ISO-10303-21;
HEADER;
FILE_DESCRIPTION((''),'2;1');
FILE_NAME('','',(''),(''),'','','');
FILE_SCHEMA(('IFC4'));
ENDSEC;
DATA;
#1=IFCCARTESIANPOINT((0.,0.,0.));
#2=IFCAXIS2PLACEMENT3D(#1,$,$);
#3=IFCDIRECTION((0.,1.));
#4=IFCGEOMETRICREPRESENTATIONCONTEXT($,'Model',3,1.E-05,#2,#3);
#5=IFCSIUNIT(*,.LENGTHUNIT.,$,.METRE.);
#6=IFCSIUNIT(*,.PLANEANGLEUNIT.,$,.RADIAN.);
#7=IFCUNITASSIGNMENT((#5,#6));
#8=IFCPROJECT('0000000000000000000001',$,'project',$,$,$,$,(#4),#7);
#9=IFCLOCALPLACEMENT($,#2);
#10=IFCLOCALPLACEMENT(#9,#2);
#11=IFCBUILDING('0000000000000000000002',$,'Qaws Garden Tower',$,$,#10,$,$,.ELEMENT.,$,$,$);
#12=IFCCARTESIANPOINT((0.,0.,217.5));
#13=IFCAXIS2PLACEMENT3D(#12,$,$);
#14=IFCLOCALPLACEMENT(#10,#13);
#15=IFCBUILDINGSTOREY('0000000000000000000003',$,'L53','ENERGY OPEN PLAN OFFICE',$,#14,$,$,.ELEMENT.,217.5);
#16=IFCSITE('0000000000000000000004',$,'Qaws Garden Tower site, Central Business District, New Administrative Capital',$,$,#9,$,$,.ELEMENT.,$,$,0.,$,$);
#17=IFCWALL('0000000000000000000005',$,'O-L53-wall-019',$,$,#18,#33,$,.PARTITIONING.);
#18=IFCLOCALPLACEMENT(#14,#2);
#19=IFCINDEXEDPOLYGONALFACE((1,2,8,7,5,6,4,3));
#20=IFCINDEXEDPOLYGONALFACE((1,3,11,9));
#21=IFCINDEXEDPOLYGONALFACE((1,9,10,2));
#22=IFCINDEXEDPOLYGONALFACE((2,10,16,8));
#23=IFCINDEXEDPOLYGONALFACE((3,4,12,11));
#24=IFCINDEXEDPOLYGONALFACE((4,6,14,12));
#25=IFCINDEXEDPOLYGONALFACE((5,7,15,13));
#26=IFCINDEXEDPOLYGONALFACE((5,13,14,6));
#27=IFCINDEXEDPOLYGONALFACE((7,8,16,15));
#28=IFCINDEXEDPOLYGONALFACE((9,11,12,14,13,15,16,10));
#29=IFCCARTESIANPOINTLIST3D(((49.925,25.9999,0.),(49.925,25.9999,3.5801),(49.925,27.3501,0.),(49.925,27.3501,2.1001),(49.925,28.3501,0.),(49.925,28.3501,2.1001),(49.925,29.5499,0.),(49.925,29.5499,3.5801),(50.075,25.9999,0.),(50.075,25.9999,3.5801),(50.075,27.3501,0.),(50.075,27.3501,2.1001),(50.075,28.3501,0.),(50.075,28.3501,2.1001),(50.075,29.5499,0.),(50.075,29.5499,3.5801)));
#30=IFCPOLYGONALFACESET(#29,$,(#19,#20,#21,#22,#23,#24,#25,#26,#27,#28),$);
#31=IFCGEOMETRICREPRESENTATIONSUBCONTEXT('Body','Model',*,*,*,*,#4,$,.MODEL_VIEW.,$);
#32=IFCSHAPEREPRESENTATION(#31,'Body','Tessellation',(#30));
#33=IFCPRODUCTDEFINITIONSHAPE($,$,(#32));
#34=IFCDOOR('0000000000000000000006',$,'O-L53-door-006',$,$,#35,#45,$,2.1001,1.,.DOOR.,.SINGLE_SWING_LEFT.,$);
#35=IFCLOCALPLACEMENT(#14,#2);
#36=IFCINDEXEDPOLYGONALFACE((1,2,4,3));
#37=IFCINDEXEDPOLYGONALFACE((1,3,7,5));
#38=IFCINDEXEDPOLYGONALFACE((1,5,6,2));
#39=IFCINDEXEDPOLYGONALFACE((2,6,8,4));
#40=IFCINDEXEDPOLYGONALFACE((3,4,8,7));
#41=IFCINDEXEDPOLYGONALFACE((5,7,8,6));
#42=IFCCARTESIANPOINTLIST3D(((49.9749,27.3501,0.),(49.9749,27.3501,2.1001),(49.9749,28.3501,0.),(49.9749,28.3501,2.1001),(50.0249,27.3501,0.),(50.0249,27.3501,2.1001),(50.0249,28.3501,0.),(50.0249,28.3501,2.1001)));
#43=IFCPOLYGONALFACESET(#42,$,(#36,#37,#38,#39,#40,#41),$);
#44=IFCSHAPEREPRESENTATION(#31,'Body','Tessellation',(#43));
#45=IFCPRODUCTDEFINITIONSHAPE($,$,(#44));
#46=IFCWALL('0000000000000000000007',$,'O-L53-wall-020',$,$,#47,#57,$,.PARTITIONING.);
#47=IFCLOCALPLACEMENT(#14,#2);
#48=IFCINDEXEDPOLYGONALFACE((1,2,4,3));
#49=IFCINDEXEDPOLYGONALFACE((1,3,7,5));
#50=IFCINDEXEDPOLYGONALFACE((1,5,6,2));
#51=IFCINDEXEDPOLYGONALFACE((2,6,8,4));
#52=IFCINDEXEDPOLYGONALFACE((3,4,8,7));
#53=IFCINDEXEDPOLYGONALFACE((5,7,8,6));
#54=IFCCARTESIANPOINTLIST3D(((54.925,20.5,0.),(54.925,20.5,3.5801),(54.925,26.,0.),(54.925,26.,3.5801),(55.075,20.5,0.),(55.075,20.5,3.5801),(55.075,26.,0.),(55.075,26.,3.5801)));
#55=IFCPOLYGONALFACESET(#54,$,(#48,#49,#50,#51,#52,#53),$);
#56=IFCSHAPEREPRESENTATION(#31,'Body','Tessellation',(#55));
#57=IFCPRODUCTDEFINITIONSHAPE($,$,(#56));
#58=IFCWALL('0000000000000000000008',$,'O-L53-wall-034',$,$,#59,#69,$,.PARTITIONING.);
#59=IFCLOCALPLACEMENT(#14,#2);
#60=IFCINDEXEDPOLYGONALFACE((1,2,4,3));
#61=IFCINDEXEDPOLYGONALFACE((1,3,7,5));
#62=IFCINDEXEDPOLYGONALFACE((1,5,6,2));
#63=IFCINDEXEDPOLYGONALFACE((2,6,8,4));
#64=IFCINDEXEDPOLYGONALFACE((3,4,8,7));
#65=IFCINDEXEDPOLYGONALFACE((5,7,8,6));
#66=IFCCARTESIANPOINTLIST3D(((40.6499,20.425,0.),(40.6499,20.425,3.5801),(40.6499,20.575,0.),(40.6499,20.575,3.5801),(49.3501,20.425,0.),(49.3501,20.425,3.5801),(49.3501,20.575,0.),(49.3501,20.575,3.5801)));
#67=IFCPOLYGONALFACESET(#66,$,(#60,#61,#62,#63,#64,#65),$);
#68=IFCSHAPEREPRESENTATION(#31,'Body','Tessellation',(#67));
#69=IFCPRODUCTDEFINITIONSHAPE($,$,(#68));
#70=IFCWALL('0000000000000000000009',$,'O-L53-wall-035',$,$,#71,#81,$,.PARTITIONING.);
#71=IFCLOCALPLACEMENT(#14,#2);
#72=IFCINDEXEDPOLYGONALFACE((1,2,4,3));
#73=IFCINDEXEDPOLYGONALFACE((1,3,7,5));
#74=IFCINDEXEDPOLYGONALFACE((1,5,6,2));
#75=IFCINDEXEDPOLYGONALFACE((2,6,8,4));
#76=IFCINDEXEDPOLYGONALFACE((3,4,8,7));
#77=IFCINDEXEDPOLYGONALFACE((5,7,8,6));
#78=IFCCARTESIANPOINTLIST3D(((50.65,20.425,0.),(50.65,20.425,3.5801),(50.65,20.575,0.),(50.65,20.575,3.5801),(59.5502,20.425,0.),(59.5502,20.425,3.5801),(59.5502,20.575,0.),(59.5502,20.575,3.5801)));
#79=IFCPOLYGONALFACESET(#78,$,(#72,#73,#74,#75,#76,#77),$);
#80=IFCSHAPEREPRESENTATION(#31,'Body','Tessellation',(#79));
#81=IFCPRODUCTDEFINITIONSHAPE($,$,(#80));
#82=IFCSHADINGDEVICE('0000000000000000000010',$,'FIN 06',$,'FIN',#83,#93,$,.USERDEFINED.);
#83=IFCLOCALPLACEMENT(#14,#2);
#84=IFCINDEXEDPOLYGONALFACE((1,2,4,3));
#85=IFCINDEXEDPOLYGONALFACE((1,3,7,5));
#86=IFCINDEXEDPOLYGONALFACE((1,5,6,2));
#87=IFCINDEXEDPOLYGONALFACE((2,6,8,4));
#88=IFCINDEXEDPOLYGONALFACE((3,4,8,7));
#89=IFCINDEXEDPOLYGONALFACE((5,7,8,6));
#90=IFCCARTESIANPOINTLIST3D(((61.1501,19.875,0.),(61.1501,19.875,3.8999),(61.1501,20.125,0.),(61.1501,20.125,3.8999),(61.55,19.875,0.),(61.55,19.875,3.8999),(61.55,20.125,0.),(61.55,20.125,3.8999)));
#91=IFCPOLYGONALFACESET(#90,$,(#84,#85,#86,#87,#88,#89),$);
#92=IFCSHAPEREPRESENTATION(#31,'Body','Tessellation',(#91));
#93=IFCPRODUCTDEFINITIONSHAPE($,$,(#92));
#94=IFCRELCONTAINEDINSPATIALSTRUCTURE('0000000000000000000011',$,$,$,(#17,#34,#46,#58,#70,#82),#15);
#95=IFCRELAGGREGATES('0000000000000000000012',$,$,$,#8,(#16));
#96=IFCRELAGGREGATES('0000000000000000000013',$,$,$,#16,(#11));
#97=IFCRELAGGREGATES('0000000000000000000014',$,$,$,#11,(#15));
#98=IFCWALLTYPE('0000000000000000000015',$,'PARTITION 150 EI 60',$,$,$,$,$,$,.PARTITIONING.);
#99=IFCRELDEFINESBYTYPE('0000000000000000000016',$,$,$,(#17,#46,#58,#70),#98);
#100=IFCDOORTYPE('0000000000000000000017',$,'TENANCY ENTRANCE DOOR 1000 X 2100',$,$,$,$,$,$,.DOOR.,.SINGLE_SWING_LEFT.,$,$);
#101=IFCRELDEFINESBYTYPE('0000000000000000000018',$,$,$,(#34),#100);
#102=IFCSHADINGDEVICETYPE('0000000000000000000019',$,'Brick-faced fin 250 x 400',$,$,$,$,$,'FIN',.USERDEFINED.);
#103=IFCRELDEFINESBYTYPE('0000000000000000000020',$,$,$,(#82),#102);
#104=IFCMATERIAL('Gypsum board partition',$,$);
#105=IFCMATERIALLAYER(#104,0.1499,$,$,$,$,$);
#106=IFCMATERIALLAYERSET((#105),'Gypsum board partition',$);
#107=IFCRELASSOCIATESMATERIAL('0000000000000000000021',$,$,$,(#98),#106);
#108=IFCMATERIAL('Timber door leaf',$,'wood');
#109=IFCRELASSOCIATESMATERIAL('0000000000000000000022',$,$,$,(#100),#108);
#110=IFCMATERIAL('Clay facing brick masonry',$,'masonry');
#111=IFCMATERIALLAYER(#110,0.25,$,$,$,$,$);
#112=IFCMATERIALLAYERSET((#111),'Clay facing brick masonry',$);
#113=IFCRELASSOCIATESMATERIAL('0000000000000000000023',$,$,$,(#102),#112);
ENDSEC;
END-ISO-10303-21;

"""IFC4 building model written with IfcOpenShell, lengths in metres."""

from ifc_helpers import new_model, si_unit, direction, frame, frame_2d, origin, origin_2d, place, context, subcontext, project, spatial, rectangle, extrude, material, layer, layer_set, type_object, element, fill, save


model = new_model("IFC4")

# Units and contexts
model_context = context("Model", 3, precision=1e-05, world=origin(), true_north=direction((0.0, 1.0)))
body_context = subcontext(model_context, "Body", "Model", "MODEL_VIEW")
ifc_project = project(units=[si_unit("LENGTHUNIT", "METRE"), si_unit("PLANEANGLEUNIT", "RADIAN")], contexts=[model_context])

# Site, building, storey
site_placement = place(None, origin())
site = spatial("IfcSite", under=ifc_project, at=site_placement, Name="Qaws Garden Tower site, Central Business District, New Administrative Capital", CompositionType="ELEMENT", RefElevation=0.0)
building_placement = place(site_placement, origin())
building = spatial("IfcBuilding", under=site, at=building_placement, Name="Qaws Garden Tower", CompositionType="ELEMENT")
storey_placement = place(building_placement, frame((0.0, 0.0, 217.5)))
storey = spatial("IfcBuildingStorey", under=building, at=storey_placement, Name="L53", Description="ENERGY OPEN PLAN OFFICE", CompositionType="ELEMENT", Elevation=217.5)

# Shared definitions
ifc_material_1 = material(Name="Gypsum board partition")
ifc_layer_1 = layer(ifc_material_1, 0.1499)
ifc_layer_set_1 = layer_set([ifc_layer_1], Name="Gypsum board partition")
wall_type = type_object("IfcWallType", Name="PARTITION 150 EI 60", PredefinedType="PARTITIONING", material=ifc_layer_set_1)

# Wall, opening, door
wall_1_placement = place(storey_placement, frame((50.0, 26.0, 0.0), z_axis=(0.0, 0.0, 1.0), x_axis=(0.0, 1.0, 0.0)))
wall_1 = element("IfcWall", 1, at=wall_1_placement, inside=storey, type_object=wall_type, Name="O-L53-wall-019", PredefinedType="PARTITIONING", context=body_context, shape_type="SweptSolid", body=[
    extrude(rectangle(XDim=3.55, YDim=0.1499, at=frame_2d((1.7749, 0.0))), origin(), (0.0, 0.0, 1.0), 3.5801),
])
opening_placement = place(wall_1_placement, frame((1.3501, 0.0, 0.0)))
opening = element("IfcOpeningElement", 2, at=opening_placement, cuts=wall_1, PredefinedType="OPENING", context=body_context, shape_type="SweptSolid", body=[
    extrude(rectangle(XDim=1.0, YDim=2.1001, at=frame_2d((0.5, 1.05))), frame((0.0, 0.085, 0.0), z_axis=(0.0, -1.0, 0.0), x_axis=(1.0, 0.0, 0.0)), (0.0, 0.0, 1.0), 0.1699),
])
ifc_material_2 = material(Name="Timber door leaf", Category="wood")
door_type = type_object("IfcDoorType", Name="TENANCY ENTRANCE DOOR 1000 X 2100", OperationType="SINGLE_SWING_LEFT", PredefinedType="DOOR", material=ifc_material_2)
door_placement = place(opening_placement, frame((1.0, 0.0, 0.0), z_axis=(0.0, 0.0, 1.0), x_axis=(-1.0, 0.0, 0.0)))
door = element("IfcDoor", 3, at=door_placement, inside=storey, type_object=door_type, Name="O-L53-door-006", OperationType="SINGLE_SWING_LEFT", OverallHeight=2.1001, OverallWidth=1.0, PredefinedType="DOOR", context=body_context, shape_type="SweptSolid", body=[
    extrude(rectangle(XDim=1.0, YDim=2.1001, at=frame_2d((0.5, 1.05))), frame((0.0, 0.0249, 0.0), z_axis=(0.0, -1.0, 0.0), x_axis=(1.0, 0.0, 0.0)), (0.0, 0.0, 1.0), 0.05),
])
fill(opening, door)

# Walls
wall_2_placement = place(storey_placement, frame((55.0, 20.5, 0.0), z_axis=(0.0, 0.0, 1.0), x_axis=(0.0, 1.0, 0.0)))
element("IfcWall", 4, at=wall_2_placement, inside=storey, type_object=wall_type, Name="O-L53-wall-020", PredefinedType="PARTITIONING", context=body_context, shape_type="SweptSolid", body=[
    extrude(rectangle(XDim=5.5, YDim=0.1499, at=frame_2d((2.75, 0.0))), origin(), (0.0, 0.0, 1.0), 3.5801),
])
wall_3_placement = place(storey_placement, frame((40.6499, 20.5, 0.0), z_axis=(0.0, 0.0, 1.0), x_axis=(1.0, 0.0, 0.0)))
element("IfcWall", 5, at=wall_3_placement, inside=storey, type_object=wall_type, Name="O-L53-wall-034", PredefinedType="PARTITIONING", context=body_context, shape_type="SweptSolid", body=[
    extrude(rectangle(XDim=8.7002, YDim=0.1499, at=frame_2d((4.3501, 0.0))), origin(), (0.0, 0.0, 1.0), 3.5801),
])
wall_4_placement = place(storey_placement, frame((50.6499, 20.5, 0.0), z_axis=(0.0, 0.0, 1.0), x_axis=(1.0, 0.0, 0.0)))
element("IfcWall", 6, at=wall_4_placement, inside=storey, type_object=wall_type, Name="O-L53-wall-035", PredefinedType="PARTITIONING", context=body_context, shape_type="SweptSolid", body=[
    extrude(rectangle(XDim=8.9001, YDim=0.1499, at=frame_2d((4.4502, 0.0))), origin(), (0.0, 0.0, 1.0), 3.5801),
])

# Shading device
ifc_material_3 = material(Name="Clay facing brick masonry", Category="masonry")
ifc_layer_2 = layer(ifc_material_3, 0.25)
ifc_layer_set_2 = layer_set([ifc_layer_2], Name="Clay facing brick masonry")
shading_device_type = type_object("IfcShadingDeviceType", Name="Brick-faced fin 250 x 400", ElementType="FIN", PredefinedType="USERDEFINED", material=ifc_layer_set_2)
shading_device_placement = place(storey_placement, frame((61.3501, 20.0, 0.0), z_axis=(0.0, 0.0, 1.0), x_axis=(0.0, 1.0, 0.0)))
element("IfcShadingDevice", 7, at=shading_device_placement, inside=storey, type_object=shading_device_type, Name="FIN 06", ObjectType="FIN", PredefinedType="USERDEFINED", context=body_context, shape_type="SweptSolid", body=[
    extrude(rectangle(XDim=0.25, YDim=0.3999, at=origin_2d()), origin(), (0.0, 0.0, 1.0), 3.8999),
])

save(model, "model.ifc")
